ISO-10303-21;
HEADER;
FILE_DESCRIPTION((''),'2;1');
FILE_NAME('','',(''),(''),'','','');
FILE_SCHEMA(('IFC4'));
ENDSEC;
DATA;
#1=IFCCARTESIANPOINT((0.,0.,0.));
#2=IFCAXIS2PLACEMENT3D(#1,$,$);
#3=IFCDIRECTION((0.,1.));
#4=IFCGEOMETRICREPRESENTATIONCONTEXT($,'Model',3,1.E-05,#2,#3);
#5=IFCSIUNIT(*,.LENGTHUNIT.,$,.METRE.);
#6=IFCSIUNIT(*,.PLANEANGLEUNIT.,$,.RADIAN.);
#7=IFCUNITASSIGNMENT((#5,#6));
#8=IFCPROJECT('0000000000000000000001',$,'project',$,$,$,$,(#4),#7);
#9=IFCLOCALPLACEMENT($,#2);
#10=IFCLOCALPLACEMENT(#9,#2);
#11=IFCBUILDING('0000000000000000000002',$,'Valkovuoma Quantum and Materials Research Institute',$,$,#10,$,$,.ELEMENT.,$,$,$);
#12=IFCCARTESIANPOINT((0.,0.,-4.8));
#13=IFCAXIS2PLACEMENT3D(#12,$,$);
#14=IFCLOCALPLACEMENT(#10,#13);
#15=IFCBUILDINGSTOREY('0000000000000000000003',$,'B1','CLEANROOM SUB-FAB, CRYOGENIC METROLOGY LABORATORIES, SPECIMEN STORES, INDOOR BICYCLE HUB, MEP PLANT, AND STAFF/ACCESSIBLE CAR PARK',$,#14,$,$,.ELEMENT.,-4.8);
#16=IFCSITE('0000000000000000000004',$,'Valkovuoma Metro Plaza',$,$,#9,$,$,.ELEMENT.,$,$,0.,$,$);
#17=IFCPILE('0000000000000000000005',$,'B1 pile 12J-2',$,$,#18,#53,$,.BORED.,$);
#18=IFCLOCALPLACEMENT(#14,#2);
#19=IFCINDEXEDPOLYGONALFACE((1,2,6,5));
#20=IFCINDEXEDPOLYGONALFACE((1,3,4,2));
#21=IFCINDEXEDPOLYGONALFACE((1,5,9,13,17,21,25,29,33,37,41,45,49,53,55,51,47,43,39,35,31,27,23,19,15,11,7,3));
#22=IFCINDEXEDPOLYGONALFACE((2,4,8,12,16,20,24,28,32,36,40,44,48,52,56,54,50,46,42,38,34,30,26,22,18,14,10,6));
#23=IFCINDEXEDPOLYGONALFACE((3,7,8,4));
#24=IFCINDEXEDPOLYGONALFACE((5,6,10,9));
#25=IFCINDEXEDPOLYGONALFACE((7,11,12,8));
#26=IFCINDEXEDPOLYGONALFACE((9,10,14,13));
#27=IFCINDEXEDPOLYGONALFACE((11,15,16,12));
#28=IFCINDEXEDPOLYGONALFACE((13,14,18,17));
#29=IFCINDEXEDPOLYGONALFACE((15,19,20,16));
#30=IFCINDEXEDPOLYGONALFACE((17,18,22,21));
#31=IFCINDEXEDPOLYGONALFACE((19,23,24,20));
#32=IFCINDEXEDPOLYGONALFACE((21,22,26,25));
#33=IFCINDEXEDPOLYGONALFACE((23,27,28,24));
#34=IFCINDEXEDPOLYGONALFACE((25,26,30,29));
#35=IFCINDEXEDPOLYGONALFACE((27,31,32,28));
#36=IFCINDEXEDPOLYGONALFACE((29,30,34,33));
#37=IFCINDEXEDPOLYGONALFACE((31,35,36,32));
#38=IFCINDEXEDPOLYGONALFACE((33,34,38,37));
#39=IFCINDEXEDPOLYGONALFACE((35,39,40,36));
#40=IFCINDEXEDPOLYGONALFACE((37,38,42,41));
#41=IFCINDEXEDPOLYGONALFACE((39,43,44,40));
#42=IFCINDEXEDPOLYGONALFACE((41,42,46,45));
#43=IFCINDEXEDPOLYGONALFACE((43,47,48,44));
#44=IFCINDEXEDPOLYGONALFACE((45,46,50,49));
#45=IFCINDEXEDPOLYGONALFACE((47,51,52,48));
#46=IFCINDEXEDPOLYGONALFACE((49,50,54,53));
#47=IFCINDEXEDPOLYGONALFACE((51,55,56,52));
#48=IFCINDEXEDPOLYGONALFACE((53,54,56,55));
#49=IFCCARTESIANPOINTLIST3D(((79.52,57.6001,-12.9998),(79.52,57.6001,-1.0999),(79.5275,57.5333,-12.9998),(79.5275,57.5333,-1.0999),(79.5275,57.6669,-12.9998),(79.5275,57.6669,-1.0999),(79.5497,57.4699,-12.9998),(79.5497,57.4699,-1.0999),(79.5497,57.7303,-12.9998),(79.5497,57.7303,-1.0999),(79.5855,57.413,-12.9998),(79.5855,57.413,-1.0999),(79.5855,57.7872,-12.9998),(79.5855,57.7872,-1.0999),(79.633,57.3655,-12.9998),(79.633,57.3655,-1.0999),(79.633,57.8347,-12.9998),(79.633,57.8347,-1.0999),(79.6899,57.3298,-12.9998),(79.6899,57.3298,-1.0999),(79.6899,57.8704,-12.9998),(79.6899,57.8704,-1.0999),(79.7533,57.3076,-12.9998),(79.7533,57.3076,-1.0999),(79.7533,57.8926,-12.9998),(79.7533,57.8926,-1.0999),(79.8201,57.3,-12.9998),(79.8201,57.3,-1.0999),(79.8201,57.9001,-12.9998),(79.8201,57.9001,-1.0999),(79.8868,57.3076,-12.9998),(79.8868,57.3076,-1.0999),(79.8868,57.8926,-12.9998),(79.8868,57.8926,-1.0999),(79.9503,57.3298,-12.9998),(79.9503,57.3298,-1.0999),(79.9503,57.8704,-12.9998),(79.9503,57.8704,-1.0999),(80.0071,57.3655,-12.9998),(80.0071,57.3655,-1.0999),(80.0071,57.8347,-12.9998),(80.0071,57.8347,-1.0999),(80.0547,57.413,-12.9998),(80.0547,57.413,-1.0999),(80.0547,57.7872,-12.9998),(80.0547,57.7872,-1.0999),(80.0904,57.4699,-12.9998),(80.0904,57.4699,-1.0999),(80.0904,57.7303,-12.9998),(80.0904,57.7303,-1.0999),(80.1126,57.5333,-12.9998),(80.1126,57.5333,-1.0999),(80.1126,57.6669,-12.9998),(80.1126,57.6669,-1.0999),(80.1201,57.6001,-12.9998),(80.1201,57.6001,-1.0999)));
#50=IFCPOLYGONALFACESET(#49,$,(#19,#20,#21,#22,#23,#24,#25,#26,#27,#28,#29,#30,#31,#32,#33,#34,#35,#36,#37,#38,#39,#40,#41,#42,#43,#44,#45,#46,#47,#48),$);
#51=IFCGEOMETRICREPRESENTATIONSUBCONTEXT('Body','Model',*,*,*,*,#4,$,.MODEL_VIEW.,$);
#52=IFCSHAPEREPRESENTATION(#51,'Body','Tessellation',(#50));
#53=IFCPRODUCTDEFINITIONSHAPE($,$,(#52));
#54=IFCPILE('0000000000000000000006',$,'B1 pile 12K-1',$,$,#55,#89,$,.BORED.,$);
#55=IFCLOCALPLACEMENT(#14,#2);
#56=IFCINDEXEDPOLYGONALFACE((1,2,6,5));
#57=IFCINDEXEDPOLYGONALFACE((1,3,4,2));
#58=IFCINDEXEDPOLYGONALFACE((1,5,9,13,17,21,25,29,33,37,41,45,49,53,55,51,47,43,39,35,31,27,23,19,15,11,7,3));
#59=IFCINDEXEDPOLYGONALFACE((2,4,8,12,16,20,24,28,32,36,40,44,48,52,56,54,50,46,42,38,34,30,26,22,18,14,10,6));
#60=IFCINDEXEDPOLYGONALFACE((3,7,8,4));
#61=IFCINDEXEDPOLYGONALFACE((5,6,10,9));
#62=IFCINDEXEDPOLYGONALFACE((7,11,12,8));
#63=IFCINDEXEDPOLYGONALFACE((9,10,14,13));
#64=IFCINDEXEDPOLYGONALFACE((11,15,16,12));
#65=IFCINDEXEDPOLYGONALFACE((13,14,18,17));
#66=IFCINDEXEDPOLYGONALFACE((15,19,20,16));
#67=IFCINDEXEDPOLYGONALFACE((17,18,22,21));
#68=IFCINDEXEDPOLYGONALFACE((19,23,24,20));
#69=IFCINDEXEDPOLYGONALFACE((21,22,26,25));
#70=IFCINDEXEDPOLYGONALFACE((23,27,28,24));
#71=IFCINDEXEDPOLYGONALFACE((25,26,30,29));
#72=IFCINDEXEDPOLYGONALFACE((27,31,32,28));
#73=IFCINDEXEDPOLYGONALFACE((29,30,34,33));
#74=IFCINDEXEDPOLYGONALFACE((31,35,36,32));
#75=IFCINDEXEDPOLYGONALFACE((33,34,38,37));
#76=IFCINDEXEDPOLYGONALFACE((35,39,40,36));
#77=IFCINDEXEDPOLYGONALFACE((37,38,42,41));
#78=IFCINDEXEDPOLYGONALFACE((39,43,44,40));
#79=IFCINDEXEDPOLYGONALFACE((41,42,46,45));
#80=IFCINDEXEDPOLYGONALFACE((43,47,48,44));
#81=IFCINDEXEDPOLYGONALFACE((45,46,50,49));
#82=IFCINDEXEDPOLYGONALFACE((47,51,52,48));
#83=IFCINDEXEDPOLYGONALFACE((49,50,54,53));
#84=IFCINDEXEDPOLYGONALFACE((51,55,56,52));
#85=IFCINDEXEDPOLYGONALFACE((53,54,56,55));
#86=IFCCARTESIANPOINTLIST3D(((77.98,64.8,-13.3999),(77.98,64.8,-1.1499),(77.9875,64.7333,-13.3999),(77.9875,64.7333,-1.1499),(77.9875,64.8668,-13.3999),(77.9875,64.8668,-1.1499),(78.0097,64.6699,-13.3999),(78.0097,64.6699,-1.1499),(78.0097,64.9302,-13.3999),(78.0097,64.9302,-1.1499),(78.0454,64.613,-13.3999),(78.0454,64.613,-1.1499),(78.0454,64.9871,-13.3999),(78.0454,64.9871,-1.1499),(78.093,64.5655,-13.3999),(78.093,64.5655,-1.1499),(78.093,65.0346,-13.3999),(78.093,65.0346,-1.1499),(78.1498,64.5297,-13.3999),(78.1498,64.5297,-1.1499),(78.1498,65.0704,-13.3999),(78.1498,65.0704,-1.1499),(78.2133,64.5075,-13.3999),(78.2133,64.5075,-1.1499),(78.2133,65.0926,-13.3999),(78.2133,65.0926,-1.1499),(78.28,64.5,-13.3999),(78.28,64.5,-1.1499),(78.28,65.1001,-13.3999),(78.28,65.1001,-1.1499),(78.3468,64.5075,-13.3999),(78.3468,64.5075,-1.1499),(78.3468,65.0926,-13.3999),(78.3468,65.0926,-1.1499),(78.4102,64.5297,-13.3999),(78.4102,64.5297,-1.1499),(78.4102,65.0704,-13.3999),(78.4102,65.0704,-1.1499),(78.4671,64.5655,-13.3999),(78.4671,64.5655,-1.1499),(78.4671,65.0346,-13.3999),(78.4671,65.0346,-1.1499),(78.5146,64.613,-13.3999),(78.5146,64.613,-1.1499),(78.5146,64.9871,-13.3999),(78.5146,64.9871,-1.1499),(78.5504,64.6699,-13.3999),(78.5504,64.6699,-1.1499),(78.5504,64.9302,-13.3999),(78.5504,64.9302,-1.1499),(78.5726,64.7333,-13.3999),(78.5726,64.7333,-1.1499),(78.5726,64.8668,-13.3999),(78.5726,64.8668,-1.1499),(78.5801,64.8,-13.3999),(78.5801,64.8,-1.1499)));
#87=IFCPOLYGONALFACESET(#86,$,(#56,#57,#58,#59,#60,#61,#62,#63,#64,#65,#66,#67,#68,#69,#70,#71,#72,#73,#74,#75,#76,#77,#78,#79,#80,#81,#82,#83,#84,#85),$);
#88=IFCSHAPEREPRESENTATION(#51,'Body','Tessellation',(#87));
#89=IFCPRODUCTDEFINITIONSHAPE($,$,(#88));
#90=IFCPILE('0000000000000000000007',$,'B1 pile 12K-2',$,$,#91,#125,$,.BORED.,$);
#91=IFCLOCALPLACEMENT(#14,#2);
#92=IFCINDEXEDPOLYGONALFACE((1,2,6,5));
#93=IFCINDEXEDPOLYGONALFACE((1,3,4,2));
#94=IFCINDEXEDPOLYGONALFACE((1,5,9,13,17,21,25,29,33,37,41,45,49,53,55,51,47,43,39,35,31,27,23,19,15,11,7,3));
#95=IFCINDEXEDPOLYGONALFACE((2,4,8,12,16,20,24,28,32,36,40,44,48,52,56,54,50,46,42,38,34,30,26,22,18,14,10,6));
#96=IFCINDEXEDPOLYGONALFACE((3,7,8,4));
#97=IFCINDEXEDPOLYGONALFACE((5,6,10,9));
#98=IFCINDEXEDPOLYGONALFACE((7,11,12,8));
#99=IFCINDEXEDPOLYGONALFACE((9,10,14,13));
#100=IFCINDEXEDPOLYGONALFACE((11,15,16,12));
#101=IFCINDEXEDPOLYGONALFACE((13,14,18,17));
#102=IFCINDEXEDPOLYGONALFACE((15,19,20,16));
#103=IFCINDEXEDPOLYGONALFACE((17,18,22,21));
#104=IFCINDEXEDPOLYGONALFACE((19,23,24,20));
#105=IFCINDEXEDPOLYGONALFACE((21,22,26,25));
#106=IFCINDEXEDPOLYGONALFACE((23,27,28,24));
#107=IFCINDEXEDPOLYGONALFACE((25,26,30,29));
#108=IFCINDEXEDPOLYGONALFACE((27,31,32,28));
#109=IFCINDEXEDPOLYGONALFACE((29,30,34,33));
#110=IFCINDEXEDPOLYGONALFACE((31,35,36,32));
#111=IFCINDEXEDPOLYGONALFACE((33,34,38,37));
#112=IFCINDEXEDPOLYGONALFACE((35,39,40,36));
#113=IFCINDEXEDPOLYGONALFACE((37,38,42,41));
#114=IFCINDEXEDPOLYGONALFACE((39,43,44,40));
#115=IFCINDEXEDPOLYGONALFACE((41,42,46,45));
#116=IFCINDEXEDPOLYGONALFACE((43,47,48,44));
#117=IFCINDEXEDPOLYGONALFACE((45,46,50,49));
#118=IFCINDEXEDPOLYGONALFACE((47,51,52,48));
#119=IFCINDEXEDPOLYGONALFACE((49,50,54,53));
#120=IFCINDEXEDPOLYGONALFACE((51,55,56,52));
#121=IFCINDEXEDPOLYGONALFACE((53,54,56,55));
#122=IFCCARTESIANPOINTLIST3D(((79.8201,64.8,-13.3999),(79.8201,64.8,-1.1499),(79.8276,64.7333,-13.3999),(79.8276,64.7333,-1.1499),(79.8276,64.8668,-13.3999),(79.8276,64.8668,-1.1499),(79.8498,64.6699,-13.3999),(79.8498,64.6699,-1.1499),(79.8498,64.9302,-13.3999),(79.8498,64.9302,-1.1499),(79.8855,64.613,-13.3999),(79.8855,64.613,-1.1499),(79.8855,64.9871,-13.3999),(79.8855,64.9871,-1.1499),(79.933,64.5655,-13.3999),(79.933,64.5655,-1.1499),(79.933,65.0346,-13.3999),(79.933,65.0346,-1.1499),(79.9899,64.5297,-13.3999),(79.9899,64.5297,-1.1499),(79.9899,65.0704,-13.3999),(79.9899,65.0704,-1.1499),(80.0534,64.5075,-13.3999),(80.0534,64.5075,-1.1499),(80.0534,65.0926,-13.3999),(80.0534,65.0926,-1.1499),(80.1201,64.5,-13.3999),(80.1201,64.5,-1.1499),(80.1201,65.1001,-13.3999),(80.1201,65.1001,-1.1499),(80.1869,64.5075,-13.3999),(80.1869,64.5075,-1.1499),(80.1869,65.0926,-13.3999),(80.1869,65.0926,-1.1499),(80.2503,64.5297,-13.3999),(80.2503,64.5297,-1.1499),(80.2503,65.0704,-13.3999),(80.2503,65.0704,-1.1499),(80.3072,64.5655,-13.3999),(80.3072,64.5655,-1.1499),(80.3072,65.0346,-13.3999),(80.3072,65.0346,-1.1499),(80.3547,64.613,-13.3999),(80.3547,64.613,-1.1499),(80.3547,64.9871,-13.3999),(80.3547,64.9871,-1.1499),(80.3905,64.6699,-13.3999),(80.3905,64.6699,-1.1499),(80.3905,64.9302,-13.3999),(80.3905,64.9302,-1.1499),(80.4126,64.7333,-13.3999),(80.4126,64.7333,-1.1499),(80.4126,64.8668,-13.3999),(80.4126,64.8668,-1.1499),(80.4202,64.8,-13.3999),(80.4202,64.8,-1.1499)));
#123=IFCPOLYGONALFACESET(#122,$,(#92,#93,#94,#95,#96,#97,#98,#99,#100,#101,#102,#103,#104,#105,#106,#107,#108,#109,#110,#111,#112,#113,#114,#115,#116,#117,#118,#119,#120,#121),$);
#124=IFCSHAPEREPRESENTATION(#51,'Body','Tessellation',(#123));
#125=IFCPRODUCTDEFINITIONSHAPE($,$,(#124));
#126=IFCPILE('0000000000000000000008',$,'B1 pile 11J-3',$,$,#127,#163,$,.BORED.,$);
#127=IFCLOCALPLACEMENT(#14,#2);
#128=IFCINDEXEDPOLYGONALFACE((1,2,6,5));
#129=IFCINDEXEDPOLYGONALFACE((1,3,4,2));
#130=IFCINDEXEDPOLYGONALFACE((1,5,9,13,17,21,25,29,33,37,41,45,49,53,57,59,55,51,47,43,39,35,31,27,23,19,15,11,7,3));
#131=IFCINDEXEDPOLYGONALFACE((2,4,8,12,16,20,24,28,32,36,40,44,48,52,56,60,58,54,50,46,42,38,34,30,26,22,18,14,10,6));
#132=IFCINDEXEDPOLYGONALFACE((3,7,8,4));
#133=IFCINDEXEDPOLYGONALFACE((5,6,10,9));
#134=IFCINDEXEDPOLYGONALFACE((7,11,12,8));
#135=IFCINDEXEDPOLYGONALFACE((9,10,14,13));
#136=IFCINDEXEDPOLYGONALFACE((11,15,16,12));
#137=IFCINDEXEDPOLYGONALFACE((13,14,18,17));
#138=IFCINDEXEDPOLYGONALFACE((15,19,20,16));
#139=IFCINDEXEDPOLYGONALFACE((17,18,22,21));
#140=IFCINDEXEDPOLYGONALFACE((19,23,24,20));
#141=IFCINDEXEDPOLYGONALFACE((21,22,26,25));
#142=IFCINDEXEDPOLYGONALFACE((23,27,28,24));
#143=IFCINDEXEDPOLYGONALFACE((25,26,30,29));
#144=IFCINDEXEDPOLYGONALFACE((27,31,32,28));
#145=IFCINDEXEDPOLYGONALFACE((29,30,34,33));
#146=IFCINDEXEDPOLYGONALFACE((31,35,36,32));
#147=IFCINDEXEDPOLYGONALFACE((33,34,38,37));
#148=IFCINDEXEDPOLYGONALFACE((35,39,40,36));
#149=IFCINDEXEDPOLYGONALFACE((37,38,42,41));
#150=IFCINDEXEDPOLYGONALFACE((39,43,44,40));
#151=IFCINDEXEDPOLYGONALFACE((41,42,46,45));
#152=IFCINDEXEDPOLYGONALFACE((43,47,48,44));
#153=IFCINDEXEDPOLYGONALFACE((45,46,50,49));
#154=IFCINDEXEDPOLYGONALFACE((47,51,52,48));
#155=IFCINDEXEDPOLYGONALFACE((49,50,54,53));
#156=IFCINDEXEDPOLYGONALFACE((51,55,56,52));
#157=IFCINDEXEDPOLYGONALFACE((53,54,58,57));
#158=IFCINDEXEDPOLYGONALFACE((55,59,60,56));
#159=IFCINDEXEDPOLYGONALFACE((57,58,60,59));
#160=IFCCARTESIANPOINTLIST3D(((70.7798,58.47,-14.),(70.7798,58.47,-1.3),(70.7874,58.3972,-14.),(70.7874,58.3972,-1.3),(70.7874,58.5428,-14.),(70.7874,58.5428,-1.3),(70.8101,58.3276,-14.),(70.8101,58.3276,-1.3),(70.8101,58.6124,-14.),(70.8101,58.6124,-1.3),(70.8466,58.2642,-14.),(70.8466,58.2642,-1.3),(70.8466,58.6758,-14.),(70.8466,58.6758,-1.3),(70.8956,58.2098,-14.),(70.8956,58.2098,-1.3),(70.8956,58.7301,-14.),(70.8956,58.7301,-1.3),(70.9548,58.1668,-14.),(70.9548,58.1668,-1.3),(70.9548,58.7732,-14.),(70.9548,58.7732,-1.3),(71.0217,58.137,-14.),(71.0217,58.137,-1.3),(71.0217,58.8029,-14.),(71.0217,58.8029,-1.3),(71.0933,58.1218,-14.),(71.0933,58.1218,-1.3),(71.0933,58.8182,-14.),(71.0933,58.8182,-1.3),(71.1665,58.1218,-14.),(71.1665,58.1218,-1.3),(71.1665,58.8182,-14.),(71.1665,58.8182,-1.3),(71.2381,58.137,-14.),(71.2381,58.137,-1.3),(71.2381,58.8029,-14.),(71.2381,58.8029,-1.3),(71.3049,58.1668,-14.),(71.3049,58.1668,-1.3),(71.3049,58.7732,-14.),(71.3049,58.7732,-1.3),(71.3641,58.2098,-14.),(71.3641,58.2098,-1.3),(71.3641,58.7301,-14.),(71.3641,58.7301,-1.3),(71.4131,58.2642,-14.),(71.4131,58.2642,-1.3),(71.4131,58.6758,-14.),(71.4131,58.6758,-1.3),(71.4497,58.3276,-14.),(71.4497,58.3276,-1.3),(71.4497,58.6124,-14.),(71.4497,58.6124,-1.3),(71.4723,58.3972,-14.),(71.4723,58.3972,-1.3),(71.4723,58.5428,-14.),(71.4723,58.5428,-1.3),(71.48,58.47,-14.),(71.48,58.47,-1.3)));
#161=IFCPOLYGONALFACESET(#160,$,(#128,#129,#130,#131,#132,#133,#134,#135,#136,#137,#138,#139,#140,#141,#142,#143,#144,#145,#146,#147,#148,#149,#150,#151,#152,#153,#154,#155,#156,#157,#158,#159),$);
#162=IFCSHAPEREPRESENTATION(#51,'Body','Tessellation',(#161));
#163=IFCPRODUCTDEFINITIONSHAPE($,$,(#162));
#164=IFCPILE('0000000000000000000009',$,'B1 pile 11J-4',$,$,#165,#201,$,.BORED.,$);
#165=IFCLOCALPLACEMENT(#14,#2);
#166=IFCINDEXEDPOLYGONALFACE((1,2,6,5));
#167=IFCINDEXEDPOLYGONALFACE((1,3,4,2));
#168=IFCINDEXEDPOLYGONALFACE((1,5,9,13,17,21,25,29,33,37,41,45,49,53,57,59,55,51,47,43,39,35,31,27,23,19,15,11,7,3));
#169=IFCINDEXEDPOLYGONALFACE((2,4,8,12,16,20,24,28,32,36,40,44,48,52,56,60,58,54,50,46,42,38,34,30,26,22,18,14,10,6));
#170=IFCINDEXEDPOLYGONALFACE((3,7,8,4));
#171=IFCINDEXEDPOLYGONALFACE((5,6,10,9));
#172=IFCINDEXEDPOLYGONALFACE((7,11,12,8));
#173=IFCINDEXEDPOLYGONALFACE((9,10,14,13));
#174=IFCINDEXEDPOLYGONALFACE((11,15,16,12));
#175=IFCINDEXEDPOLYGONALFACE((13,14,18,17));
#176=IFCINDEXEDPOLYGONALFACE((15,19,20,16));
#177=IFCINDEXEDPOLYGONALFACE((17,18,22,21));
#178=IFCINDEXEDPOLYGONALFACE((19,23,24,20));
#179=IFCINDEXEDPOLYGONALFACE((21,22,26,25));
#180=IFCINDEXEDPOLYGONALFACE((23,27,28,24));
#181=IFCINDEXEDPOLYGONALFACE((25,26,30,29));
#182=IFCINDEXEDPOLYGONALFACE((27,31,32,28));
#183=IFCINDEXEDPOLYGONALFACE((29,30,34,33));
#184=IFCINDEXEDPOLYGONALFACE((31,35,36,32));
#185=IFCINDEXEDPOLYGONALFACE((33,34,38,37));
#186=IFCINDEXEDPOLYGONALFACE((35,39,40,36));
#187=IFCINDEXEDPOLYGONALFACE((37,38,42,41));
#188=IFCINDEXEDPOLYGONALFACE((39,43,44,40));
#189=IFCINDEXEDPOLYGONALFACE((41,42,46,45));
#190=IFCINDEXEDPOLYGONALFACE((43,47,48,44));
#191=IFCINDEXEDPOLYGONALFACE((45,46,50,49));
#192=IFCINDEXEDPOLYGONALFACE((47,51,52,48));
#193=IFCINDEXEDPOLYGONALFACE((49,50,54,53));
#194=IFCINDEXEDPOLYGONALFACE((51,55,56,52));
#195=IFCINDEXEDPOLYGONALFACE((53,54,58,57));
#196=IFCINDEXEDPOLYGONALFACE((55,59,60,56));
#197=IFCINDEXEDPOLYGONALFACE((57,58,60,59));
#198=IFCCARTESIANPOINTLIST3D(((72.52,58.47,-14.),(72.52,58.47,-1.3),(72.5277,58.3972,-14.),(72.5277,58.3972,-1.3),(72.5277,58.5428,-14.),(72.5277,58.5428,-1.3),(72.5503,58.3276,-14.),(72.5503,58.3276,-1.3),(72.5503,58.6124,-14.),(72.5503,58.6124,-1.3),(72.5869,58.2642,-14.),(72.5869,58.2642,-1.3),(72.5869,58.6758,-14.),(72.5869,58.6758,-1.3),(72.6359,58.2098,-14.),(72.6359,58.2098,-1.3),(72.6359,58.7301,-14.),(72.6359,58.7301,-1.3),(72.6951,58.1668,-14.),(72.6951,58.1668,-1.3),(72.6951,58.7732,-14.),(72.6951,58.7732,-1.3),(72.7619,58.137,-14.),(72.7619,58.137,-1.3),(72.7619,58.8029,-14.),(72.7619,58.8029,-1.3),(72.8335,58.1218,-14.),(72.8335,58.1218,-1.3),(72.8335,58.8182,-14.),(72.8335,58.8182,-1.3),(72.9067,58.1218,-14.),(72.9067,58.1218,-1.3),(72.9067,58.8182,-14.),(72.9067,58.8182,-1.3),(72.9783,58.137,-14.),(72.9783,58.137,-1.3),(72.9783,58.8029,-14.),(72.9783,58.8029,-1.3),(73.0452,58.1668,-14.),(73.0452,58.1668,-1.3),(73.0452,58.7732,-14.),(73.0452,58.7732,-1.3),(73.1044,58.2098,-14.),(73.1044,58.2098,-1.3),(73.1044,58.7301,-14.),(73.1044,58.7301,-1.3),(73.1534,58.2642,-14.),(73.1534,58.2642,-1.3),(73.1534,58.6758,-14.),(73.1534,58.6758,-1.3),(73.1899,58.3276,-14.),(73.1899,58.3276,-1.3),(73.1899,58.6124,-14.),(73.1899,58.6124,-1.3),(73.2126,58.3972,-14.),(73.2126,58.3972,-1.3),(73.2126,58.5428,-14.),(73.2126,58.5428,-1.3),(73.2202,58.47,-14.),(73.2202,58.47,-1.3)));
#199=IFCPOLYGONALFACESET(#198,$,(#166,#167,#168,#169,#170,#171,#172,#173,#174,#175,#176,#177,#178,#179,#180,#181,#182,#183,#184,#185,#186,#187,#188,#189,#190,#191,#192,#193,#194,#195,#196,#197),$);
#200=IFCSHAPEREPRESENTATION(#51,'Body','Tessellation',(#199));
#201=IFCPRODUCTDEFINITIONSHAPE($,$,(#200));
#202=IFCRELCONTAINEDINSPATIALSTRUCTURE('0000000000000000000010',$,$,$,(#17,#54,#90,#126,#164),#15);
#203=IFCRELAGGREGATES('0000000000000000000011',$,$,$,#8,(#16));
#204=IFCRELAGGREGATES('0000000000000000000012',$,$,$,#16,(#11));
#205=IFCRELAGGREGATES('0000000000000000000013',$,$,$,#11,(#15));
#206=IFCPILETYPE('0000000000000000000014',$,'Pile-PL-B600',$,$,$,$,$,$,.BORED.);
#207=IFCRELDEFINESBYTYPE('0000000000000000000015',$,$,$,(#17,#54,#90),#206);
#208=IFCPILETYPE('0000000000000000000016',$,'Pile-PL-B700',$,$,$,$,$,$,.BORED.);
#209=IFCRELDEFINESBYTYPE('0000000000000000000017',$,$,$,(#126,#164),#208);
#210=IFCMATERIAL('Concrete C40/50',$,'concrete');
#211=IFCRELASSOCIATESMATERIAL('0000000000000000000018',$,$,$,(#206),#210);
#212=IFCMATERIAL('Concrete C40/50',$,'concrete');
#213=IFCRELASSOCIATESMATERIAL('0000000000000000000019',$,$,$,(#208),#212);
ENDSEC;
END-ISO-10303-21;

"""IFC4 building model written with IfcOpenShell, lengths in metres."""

from ifc_helpers import new_model, si_unit, direction, frame, origin, origin_2d, place, context, subcontext, project, spatial, circle, extrude, material, material_profile, profile_set, type_object, element, save


model = new_model("IFC4")

# Units and contexts
model_context = context("Model", 3, precision=1e-05, world=origin(), true_north=direction((0.0, 1.0)))
body_context = subcontext(model_context, "Body", "Model", "MODEL_VIEW")
ifc_project = project(units=[si_unit("LENGTHUNIT", "METRE"), si_unit("PLANEANGLEUNIT", "RADIAN")], contexts=[model_context])

# Site, building, storey
site_placement = place(None, origin())
site = spatial("IfcSite", under=ifc_project, at=site_placement, Name="Valkovuoma Metro Plaza", CompositionType="ELEMENT", RefElevation=0.0)
building_placement = place(site_placement, origin())
building = spatial("IfcBuilding", under=site, at=building_placement, Name="Valkovuoma Quantum and Materials Research Institute", CompositionType="ELEMENT")
storey_placement = place(building_placement, frame((0.0, 0.0, -4.8)))
storey = spatial("IfcBuildingStorey", under=building, at=storey_placement, Name="B1", Description="CLEANROOM SUB-FAB, CRYOGENIC METROLOGY LABORATORIES, SPECIMEN STORES, INDOOR BICYCLE HUB, MEP PLANT, AND STAFF/ACCESSIBLE CAR PARK", CompositionType="ELEMENT", Elevation=-4.8)

# Piles
ifc_material_1 = material(Name="Concrete C40/50", Category="concrete")
ifc_material_profile_1 = material_profile(ifc_material_1, circle(Radius=0.3, at=origin_2d()), Name="Concrete C40/50")
ifc_profile_set_1 = profile_set([ifc_material_profile_1], Name="Concrete C40/50")
pile_type_1 = type_object("IfcPileType", Name="Pile-PL-B600", PredefinedType="BORED", material=ifc_profile_set_1)
for number, where, z_axis, x_axis, name in (
    (1, (79.8201, 57.6001, -1.0999), (0.0, 0.0, -1.0), (1.0, 0.0, 0.0), "B1 pile 12J-2"),
):
    element("IfcPile", number, at=place(storey_placement, frame(where, z_axis=z_axis, x_axis=x_axis)), inside=storey, type_object=pile_type_1, Name=name, PredefinedType="BORED", context=body_context, shape_type="SweptSolid", body=[
        extrude(circle(Radius=0.3, at=origin_2d()), origin(), (0.0, 0.0, 1.0), 11.8999),
    ])
for number, where, z_axis, x_axis, name in (
    (2, (78.28, 64.8, -1.1499), (0.0, 0.0, -1.0), (1.0, 0.0, 0.0), "B1 pile 12K-1"),
    (3, (80.1201, 64.8, -1.1499), (0.0, 0.0, -1.0), (1.0, 0.0, 0.0), "B1 pile 12K-2"),
):
    element("IfcPile", number, at=place(storey_placement, frame(where, z_axis=z_axis, x_axis=x_axis)), inside=storey, type_object=pile_type_1, Name=name, PredefinedType="BORED", context=body_context, shape_type="SweptSolid", body=[
        extrude(circle(Radius=0.3, at=origin_2d()), origin(), (0.0, 0.0, 1.0), 12.25),
    ])
ifc_material_2 = material(Name="Concrete C40/50", Category="concrete")
ifc_material_profile_2 = material_profile(ifc_material_2, circle(Radius=0.3501, at=origin_2d()), Name="Concrete C40/50")
ifc_profile_set_2 = profile_set([ifc_material_profile_2], Name="Concrete C40/50")
pile_type_2 = type_object("IfcPileType", Name="Pile-PL-B700", PredefinedType="BORED", material=ifc_profile_set_2)
for number, where, z_axis, x_axis, name in (
    (4, (71.1299, 58.47, -1.3), (0.0, 0.0, -1.0), (1.0, 0.0, 0.0), "B1 pile 11J-3"),
    (5, (72.8701, 58.47, -1.3), (0.0, 0.0, -1.0), (1.0, 0.0, 0.0), "B1 pile 11J-4"),
):
    element("IfcPile", number, at=place(storey_placement, frame(where, z_axis=z_axis, x_axis=x_axis)), inside=storey, type_object=pile_type_2, Name=name, PredefinedType="BORED", context=body_context, shape_type="SweptSolid", body=[
        extrude(circle(Radius=0.3501, at=origin_2d()), origin(), (0.0, 0.0, 1.0), 12.7),
    ])

save(model, "model.ifc")
